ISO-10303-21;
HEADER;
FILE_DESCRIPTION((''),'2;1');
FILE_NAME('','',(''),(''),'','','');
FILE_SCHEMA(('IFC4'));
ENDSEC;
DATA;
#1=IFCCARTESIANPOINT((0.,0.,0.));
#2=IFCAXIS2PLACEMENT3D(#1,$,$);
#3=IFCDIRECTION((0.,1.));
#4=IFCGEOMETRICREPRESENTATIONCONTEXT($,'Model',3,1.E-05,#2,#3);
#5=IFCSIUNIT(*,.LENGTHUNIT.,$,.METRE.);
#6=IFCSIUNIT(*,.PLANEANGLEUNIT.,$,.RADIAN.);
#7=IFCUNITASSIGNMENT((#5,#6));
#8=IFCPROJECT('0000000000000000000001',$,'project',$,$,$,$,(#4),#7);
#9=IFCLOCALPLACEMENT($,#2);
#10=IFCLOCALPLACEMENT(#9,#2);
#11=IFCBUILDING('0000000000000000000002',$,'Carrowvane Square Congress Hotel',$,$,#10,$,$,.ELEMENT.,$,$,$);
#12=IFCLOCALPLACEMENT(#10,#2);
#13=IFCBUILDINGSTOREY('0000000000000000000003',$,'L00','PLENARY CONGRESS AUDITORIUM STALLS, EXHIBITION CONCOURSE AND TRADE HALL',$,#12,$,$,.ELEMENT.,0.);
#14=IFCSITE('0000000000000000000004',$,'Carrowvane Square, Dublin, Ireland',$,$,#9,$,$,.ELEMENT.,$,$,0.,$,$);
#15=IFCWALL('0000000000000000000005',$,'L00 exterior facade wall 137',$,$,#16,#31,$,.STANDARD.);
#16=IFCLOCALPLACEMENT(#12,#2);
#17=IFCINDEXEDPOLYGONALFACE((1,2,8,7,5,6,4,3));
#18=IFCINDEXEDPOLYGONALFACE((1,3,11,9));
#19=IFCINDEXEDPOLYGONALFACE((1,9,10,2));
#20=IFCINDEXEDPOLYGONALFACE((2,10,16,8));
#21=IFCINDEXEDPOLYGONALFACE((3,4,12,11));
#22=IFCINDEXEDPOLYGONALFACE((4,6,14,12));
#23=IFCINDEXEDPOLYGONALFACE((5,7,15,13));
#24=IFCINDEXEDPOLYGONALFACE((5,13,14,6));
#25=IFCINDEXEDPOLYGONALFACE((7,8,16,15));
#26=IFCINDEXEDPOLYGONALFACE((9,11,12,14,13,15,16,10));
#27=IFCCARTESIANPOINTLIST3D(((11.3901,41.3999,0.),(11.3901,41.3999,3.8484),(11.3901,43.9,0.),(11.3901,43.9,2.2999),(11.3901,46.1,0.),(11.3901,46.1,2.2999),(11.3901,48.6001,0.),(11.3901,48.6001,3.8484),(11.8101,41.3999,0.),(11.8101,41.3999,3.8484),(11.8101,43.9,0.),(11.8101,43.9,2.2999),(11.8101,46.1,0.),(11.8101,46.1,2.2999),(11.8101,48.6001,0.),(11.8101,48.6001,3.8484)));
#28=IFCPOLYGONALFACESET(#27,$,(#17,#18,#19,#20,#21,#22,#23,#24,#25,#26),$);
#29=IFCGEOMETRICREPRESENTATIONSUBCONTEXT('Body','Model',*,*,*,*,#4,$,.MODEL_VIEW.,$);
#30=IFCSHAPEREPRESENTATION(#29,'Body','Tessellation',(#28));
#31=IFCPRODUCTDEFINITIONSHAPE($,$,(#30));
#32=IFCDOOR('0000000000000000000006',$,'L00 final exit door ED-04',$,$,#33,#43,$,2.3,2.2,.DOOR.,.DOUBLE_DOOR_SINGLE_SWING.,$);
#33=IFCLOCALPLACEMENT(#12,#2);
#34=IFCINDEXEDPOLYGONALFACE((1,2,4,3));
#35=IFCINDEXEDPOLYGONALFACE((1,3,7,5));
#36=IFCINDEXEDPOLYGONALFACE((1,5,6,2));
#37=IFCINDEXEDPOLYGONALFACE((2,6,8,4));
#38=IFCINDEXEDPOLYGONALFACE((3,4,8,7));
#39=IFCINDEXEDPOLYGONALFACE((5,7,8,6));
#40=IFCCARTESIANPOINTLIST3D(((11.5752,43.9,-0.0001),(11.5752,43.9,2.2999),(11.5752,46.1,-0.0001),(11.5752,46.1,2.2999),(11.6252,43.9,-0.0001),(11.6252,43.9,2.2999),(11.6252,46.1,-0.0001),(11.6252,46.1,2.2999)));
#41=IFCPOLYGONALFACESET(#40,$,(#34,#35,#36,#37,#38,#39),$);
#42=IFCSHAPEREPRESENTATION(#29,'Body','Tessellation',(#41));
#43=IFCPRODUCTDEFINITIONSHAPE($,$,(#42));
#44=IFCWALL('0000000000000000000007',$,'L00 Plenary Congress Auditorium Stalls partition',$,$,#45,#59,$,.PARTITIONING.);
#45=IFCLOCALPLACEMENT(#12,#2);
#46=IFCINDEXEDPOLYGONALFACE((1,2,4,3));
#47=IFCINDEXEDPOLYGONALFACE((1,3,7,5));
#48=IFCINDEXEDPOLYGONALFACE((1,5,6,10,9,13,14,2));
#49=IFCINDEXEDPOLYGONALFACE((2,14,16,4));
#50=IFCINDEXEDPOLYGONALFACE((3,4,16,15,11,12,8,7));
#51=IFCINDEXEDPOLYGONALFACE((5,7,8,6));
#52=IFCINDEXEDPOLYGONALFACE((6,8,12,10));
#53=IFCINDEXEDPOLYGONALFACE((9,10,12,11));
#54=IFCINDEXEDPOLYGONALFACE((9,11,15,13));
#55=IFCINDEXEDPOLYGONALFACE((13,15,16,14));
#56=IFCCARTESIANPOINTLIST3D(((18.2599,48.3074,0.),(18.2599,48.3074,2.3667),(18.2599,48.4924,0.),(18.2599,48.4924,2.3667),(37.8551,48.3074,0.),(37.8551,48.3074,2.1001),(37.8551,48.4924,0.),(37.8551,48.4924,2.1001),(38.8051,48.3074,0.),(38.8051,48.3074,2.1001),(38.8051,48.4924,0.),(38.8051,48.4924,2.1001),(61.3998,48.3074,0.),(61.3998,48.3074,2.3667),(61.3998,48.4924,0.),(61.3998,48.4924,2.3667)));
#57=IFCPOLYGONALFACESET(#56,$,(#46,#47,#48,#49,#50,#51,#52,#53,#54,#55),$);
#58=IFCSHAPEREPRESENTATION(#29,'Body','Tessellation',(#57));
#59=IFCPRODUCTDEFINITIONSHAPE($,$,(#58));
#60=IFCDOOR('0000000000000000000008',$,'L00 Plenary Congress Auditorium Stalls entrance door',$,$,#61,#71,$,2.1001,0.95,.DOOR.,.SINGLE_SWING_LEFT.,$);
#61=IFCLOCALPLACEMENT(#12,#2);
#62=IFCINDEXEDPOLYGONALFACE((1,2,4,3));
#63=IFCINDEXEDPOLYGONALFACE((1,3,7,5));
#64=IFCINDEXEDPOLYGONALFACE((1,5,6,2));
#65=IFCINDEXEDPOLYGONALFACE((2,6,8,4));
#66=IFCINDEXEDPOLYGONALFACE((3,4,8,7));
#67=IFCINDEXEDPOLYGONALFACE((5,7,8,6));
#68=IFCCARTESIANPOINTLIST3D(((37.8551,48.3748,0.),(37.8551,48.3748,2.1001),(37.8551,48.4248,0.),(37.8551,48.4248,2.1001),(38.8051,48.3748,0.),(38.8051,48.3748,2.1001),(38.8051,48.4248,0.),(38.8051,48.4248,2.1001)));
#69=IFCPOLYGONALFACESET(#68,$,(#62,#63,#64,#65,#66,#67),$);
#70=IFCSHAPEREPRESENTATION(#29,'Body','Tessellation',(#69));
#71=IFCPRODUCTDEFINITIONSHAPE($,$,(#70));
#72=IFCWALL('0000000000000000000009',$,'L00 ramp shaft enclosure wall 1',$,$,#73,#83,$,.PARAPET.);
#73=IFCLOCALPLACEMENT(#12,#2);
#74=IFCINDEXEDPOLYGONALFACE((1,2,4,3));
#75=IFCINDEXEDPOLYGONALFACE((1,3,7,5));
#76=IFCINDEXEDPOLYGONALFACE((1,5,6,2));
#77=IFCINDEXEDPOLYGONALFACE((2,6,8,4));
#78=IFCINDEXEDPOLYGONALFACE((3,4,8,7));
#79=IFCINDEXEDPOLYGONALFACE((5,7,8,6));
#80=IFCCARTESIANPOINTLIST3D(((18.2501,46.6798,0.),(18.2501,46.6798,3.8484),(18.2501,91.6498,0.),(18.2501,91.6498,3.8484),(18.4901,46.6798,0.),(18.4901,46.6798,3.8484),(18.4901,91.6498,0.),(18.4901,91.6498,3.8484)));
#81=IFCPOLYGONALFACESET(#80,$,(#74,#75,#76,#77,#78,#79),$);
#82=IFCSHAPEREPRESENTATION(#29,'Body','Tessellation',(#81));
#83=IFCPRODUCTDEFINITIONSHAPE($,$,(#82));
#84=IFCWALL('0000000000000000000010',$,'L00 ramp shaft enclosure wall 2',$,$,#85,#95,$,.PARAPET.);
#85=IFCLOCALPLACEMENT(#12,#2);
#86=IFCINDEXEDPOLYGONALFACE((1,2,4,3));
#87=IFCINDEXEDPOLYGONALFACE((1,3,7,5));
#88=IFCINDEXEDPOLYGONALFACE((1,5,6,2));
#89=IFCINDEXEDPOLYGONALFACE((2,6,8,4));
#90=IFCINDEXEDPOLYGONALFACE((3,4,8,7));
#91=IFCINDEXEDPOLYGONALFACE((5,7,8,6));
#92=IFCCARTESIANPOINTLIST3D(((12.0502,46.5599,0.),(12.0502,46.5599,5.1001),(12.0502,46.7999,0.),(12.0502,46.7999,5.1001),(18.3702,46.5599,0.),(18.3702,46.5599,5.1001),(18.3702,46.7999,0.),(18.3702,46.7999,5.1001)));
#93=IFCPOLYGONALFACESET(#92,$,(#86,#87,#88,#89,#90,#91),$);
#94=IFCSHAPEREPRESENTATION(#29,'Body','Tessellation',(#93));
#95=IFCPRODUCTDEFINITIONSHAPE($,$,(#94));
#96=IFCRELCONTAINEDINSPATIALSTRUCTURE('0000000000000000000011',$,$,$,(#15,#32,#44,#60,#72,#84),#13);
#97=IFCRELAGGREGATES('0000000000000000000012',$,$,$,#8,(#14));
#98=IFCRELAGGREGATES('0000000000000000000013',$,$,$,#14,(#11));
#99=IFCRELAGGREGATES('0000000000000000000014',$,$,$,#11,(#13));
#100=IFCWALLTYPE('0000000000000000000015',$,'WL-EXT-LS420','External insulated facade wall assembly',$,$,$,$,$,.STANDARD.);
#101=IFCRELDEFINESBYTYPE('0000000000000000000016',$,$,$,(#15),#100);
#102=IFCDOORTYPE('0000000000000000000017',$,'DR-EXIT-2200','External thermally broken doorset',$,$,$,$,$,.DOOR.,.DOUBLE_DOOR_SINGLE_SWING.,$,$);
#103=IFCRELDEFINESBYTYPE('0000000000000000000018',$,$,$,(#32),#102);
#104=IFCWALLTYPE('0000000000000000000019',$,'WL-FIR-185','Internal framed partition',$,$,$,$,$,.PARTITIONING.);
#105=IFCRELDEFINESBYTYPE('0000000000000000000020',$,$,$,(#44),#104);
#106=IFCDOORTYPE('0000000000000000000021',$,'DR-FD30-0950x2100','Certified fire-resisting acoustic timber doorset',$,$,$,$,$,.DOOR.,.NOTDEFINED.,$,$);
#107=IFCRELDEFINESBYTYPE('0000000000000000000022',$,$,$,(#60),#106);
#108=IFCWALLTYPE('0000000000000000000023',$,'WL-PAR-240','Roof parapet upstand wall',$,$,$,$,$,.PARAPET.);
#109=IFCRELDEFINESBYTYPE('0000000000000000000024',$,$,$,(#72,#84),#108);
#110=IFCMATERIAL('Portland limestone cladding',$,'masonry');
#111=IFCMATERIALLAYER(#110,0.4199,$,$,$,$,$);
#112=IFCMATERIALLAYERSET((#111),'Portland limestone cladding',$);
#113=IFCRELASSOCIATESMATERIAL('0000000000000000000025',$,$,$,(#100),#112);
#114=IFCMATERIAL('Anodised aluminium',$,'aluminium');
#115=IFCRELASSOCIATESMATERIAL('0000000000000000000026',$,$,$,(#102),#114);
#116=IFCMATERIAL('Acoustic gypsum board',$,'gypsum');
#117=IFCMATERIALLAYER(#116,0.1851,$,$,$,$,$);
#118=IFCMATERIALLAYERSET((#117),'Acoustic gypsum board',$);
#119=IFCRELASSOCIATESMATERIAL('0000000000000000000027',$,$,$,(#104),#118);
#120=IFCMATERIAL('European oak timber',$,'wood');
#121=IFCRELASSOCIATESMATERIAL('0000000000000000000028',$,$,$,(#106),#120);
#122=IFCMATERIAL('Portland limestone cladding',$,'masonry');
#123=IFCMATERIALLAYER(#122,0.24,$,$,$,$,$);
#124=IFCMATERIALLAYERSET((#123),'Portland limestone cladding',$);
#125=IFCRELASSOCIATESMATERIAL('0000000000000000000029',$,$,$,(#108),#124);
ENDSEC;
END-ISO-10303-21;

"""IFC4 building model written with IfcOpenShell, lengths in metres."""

from ifc_helpers import new_model, si_unit, direction, frame, frame_2d, origin, place, context, subcontext, project, spatial, rectangle, extrude, material, layer, layer_set, type_object, element, fill, save


model = new_model("IFC4")

# Units and contexts
model_context = context("Model", 3, precision=1e-05, world=origin(), true_north=direction((0.0, 1.0)))
body_context = subcontext(model_context, "Body", "Model", "MODEL_VIEW")
ifc_project = project(units=[si_unit("LENGTHUNIT", "METRE"), si_unit("PLANEANGLEUNIT", "RADIAN")], contexts=[model_context])

# Site, building, storey
site_placement = place(None, origin())
site = spatial("IfcSite", under=ifc_project, at=site_placement, Name="Carrowvane Square, Dublin, Ireland", CompositionType="ELEMENT", RefElevation=0.0)
building_placement = place(site_placement, origin())
building = spatial("IfcBuilding", under=site, at=building_placement, Name="Carrowvane Square Congress Hotel", CompositionType="ELEMENT")
storey_placement = place(building_placement, origin())
storey = spatial("IfcBuildingStorey", under=building, at=storey_placement, Name="L00", Description="PLENARY CONGRESS AUDITORIUM STALLS, EXHIBITION CONCOURSE AND TRADE HALL", CompositionType="ELEMENT", Elevation=0.0)

# Walls, openings, doors
ifc_material_1 = material(Name="Portland limestone cladding", Category="masonry")
ifc_layer_1 = layer(ifc_material_1, 0.4199)
ifc_layer_set_1 = layer_set([ifc_layer_1], Name="Portland limestone cladding")
wall_type_1 = type_object("IfcWallType", Name="WL-EXT-LS420", Description="External insulated facade wall assembly", PredefinedType="STANDARD", material=ifc_layer_set_1)
wall_1_placement = place(storey_placement, frame((11.6001, 41.3999, 0.0), z_axis=(0.0, 0.0, 1.0), x_axis=(0.0, 1.0, 0.0)))
wall_1 = element("IfcWall", 1, at=wall_1_placement, inside=storey, type_object=wall_type_1, Name="L00 exterior facade wall 137", PredefinedType="STANDARD", context=body_context, shape_type="SweptSolid", body=[
    extrude(rectangle(XDim=7.2002, YDim=0.4199, at=frame_2d((3.6001, 0.0))), origin(), (0.0, 0.0, 1.0), 3.8484),
])
opening_1_placement = place(wall_1_placement, frame((2.5, 0.0, 0.0)))
opening_1 = element("IfcOpeningElement", 2, at=opening_1_placement, cuts=wall_1, PredefinedType="OPENING", context=body_context, shape_type="SweptSolid", body=[
    extrude(rectangle(XDim=2.2, YDim=2.3, at=frame_2d((1.1001, 1.1499))), frame((0.0, 0.22, 0.0), z_axis=(0.0, -1.0, 0.0), x_axis=(1.0, 0.0, 0.0)), (0.0, 0.0, 1.0), 0.4399),
])
ifc_material_2 = material(Name="Anodised aluminium", Category="aluminium")
door_type_1 = type_object("IfcDoorType", Name="DR-EXIT-2200", Description="External thermally broken doorset", OperationType="DOUBLE_DOOR_SINGLE_SWING", PredefinedType="DOOR", material=ifc_material_2)
door_1_placement = place(opening_1_placement, origin())
door_1 = element("IfcDoor", 3, at=door_1_placement, inside=storey, type_object=door_type_1, Name="L00 final exit door ED-04", OperationType="DOUBLE_DOOR_SINGLE_SWING", OverallHeight=2.3, OverallWidth=2.2, PredefinedType="DOOR", context=body_context, shape_type="SweptSolid", body=[
    extrude(rectangle(XDim=2.2, YDim=2.3, at=frame_2d((1.1001, 1.1499))), frame((0.0, 0.0249, 0.0), z_axis=(0.0, -1.0, 0.0), x_axis=(1.0, 0.0, 0.0)), (0.0, 0.0, 1.0), 0.05),
])
fill(opening_1, door_1)
ifc_material_3 = material(Name="Acoustic gypsum board", Category="gypsum")
ifc_layer_2 = layer(ifc_material_3, 0.1851)
ifc_layer_set_2 = layer_set([ifc_layer_2], Name="Acoustic gypsum board")
wall_type_2 = type_object("IfcWallType", Name="WL-FIR-185", Description="Internal framed partition", PredefinedType="PARTITIONING", material=ifc_layer_set_2)
wall_2_placement = place(storey_placement, frame((18.26, 48.3999, 0.0), z_axis=(0.0, 0.0, 1.0), x_axis=(1.0, 0.0, 0.0)))
wall_2 = element("IfcWall", 4, at=wall_2_placement, inside=storey, type_object=wall_type_2, Name="L00 Plenary Congress Auditorium Stalls partition", PredefinedType="PARTITIONING", context=body_context, shape_type="SweptSolid", body=[
    extrude(rectangle(XDim=43.1399, YDim=0.1851, at=frame_2d((21.5698, 0.0))), origin(), (0.0, 0.0, 1.0), 2.3667),
])
opening_2_placement = place(wall_2_placement, frame((19.595, 0.0, 0.0)))
opening_2 = element("IfcOpeningElement", 5, at=opening_2_placement, cuts=wall_2, PredefinedType="OPENING", context=body_context, shape_type="SweptSolid", body=[
    extrude(rectangle(XDim=0.95, YDim=2.1001, at=frame_2d((0.4751, 1.05))), frame((0.0, 0.1025, 0.0), z_axis=(0.0, -1.0, 0.0), x_axis=(1.0, 0.0, 0.0)), (0.0, 0.0, 1.0), 0.2051),
])
ifc_material_4 = material(Name="European oak timber", Category="wood")
door_type_2 = type_object("IfcDoorType", Name="DR-FD30-0950x2100", Description="Certified fire-resisting acoustic timber doorset", OperationType="NOTDEFINED", PredefinedType="DOOR", material=ifc_material_4)
door_2_placement = place(opening_2_placement, origin())
door_2 = element("IfcDoor", 6, at=door_2_placement, inside=storey, type_object=door_type_2, Name="L00 Plenary Congress Auditorium Stalls entrance door", OperationType="SINGLE_SWING_LEFT", OverallHeight=2.1001, OverallWidth=0.95, PredefinedType="DOOR", context=body_context, shape_type="SweptSolid", body=[
    extrude(rectangle(XDim=0.95, YDim=2.1001, at=frame_2d((0.4751, 1.05))), frame((0.0, 0.0249, 0.0), z_axis=(0.0, -1.0, 0.0), x_axis=(1.0, 0.0, 0.0)), (0.0, 0.0, 1.0), 0.05),
])
fill(opening_2, door_2)

# Walls
ifc_material_5 = material(Name="Portland limestone cladding", Category="masonry")
ifc_layer_3 = layer(ifc_material_5, 0.24)
ifc_layer_set_3 = layer_set([ifc_layer_3], Name="Portland limestone cladding")
wall_type_3 = type_object("IfcWallType", Name="WL-PAR-240", Description="Roof parapet upstand wall", PredefinedType="PARAPET", material=ifc_layer_set_3)
wall_3_placement = place(storey_placement, frame((18.3701, 46.6799, 0.0), z_axis=(0.0, 0.0, 1.0), x_axis=(0.0, 1.0, 0.0)))
element("IfcWall", 7, at=wall_3_placement, inside=storey, type_object=wall_type_3, Name="L00 ramp shaft enclosure wall 1", PredefinedType="PARAPET", context=body_context, shape_type="SweptSolid", body=[
    extrude(rectangle(XDim=44.97, YDim=0.24, at=frame_2d((22.4849, 0.0))), origin(), (0.0, 0.0, 1.0), 3.8484),
])
wall_4_placement = place(storey_placement, frame((12.05, 46.6799, 0.0), z_axis=(0.0, 0.0, 1.0), x_axis=(1.0, 0.0, 0.0)))
element("IfcWall", 8, at=wall_4_placement, inside=storey, type_object=wall_type_3, Name="L00 ramp shaft enclosure wall 2", PredefinedType="PARAPET", context=body_context, shape_type="SweptSolid", body=[
    extrude(rectangle(XDim=6.3201, YDim=0.24, at=frame_2d((3.1602, 0.0))), origin(), (0.0, 0.0, 1.0), 5.1001),
])

save(model, "model.ifc")
